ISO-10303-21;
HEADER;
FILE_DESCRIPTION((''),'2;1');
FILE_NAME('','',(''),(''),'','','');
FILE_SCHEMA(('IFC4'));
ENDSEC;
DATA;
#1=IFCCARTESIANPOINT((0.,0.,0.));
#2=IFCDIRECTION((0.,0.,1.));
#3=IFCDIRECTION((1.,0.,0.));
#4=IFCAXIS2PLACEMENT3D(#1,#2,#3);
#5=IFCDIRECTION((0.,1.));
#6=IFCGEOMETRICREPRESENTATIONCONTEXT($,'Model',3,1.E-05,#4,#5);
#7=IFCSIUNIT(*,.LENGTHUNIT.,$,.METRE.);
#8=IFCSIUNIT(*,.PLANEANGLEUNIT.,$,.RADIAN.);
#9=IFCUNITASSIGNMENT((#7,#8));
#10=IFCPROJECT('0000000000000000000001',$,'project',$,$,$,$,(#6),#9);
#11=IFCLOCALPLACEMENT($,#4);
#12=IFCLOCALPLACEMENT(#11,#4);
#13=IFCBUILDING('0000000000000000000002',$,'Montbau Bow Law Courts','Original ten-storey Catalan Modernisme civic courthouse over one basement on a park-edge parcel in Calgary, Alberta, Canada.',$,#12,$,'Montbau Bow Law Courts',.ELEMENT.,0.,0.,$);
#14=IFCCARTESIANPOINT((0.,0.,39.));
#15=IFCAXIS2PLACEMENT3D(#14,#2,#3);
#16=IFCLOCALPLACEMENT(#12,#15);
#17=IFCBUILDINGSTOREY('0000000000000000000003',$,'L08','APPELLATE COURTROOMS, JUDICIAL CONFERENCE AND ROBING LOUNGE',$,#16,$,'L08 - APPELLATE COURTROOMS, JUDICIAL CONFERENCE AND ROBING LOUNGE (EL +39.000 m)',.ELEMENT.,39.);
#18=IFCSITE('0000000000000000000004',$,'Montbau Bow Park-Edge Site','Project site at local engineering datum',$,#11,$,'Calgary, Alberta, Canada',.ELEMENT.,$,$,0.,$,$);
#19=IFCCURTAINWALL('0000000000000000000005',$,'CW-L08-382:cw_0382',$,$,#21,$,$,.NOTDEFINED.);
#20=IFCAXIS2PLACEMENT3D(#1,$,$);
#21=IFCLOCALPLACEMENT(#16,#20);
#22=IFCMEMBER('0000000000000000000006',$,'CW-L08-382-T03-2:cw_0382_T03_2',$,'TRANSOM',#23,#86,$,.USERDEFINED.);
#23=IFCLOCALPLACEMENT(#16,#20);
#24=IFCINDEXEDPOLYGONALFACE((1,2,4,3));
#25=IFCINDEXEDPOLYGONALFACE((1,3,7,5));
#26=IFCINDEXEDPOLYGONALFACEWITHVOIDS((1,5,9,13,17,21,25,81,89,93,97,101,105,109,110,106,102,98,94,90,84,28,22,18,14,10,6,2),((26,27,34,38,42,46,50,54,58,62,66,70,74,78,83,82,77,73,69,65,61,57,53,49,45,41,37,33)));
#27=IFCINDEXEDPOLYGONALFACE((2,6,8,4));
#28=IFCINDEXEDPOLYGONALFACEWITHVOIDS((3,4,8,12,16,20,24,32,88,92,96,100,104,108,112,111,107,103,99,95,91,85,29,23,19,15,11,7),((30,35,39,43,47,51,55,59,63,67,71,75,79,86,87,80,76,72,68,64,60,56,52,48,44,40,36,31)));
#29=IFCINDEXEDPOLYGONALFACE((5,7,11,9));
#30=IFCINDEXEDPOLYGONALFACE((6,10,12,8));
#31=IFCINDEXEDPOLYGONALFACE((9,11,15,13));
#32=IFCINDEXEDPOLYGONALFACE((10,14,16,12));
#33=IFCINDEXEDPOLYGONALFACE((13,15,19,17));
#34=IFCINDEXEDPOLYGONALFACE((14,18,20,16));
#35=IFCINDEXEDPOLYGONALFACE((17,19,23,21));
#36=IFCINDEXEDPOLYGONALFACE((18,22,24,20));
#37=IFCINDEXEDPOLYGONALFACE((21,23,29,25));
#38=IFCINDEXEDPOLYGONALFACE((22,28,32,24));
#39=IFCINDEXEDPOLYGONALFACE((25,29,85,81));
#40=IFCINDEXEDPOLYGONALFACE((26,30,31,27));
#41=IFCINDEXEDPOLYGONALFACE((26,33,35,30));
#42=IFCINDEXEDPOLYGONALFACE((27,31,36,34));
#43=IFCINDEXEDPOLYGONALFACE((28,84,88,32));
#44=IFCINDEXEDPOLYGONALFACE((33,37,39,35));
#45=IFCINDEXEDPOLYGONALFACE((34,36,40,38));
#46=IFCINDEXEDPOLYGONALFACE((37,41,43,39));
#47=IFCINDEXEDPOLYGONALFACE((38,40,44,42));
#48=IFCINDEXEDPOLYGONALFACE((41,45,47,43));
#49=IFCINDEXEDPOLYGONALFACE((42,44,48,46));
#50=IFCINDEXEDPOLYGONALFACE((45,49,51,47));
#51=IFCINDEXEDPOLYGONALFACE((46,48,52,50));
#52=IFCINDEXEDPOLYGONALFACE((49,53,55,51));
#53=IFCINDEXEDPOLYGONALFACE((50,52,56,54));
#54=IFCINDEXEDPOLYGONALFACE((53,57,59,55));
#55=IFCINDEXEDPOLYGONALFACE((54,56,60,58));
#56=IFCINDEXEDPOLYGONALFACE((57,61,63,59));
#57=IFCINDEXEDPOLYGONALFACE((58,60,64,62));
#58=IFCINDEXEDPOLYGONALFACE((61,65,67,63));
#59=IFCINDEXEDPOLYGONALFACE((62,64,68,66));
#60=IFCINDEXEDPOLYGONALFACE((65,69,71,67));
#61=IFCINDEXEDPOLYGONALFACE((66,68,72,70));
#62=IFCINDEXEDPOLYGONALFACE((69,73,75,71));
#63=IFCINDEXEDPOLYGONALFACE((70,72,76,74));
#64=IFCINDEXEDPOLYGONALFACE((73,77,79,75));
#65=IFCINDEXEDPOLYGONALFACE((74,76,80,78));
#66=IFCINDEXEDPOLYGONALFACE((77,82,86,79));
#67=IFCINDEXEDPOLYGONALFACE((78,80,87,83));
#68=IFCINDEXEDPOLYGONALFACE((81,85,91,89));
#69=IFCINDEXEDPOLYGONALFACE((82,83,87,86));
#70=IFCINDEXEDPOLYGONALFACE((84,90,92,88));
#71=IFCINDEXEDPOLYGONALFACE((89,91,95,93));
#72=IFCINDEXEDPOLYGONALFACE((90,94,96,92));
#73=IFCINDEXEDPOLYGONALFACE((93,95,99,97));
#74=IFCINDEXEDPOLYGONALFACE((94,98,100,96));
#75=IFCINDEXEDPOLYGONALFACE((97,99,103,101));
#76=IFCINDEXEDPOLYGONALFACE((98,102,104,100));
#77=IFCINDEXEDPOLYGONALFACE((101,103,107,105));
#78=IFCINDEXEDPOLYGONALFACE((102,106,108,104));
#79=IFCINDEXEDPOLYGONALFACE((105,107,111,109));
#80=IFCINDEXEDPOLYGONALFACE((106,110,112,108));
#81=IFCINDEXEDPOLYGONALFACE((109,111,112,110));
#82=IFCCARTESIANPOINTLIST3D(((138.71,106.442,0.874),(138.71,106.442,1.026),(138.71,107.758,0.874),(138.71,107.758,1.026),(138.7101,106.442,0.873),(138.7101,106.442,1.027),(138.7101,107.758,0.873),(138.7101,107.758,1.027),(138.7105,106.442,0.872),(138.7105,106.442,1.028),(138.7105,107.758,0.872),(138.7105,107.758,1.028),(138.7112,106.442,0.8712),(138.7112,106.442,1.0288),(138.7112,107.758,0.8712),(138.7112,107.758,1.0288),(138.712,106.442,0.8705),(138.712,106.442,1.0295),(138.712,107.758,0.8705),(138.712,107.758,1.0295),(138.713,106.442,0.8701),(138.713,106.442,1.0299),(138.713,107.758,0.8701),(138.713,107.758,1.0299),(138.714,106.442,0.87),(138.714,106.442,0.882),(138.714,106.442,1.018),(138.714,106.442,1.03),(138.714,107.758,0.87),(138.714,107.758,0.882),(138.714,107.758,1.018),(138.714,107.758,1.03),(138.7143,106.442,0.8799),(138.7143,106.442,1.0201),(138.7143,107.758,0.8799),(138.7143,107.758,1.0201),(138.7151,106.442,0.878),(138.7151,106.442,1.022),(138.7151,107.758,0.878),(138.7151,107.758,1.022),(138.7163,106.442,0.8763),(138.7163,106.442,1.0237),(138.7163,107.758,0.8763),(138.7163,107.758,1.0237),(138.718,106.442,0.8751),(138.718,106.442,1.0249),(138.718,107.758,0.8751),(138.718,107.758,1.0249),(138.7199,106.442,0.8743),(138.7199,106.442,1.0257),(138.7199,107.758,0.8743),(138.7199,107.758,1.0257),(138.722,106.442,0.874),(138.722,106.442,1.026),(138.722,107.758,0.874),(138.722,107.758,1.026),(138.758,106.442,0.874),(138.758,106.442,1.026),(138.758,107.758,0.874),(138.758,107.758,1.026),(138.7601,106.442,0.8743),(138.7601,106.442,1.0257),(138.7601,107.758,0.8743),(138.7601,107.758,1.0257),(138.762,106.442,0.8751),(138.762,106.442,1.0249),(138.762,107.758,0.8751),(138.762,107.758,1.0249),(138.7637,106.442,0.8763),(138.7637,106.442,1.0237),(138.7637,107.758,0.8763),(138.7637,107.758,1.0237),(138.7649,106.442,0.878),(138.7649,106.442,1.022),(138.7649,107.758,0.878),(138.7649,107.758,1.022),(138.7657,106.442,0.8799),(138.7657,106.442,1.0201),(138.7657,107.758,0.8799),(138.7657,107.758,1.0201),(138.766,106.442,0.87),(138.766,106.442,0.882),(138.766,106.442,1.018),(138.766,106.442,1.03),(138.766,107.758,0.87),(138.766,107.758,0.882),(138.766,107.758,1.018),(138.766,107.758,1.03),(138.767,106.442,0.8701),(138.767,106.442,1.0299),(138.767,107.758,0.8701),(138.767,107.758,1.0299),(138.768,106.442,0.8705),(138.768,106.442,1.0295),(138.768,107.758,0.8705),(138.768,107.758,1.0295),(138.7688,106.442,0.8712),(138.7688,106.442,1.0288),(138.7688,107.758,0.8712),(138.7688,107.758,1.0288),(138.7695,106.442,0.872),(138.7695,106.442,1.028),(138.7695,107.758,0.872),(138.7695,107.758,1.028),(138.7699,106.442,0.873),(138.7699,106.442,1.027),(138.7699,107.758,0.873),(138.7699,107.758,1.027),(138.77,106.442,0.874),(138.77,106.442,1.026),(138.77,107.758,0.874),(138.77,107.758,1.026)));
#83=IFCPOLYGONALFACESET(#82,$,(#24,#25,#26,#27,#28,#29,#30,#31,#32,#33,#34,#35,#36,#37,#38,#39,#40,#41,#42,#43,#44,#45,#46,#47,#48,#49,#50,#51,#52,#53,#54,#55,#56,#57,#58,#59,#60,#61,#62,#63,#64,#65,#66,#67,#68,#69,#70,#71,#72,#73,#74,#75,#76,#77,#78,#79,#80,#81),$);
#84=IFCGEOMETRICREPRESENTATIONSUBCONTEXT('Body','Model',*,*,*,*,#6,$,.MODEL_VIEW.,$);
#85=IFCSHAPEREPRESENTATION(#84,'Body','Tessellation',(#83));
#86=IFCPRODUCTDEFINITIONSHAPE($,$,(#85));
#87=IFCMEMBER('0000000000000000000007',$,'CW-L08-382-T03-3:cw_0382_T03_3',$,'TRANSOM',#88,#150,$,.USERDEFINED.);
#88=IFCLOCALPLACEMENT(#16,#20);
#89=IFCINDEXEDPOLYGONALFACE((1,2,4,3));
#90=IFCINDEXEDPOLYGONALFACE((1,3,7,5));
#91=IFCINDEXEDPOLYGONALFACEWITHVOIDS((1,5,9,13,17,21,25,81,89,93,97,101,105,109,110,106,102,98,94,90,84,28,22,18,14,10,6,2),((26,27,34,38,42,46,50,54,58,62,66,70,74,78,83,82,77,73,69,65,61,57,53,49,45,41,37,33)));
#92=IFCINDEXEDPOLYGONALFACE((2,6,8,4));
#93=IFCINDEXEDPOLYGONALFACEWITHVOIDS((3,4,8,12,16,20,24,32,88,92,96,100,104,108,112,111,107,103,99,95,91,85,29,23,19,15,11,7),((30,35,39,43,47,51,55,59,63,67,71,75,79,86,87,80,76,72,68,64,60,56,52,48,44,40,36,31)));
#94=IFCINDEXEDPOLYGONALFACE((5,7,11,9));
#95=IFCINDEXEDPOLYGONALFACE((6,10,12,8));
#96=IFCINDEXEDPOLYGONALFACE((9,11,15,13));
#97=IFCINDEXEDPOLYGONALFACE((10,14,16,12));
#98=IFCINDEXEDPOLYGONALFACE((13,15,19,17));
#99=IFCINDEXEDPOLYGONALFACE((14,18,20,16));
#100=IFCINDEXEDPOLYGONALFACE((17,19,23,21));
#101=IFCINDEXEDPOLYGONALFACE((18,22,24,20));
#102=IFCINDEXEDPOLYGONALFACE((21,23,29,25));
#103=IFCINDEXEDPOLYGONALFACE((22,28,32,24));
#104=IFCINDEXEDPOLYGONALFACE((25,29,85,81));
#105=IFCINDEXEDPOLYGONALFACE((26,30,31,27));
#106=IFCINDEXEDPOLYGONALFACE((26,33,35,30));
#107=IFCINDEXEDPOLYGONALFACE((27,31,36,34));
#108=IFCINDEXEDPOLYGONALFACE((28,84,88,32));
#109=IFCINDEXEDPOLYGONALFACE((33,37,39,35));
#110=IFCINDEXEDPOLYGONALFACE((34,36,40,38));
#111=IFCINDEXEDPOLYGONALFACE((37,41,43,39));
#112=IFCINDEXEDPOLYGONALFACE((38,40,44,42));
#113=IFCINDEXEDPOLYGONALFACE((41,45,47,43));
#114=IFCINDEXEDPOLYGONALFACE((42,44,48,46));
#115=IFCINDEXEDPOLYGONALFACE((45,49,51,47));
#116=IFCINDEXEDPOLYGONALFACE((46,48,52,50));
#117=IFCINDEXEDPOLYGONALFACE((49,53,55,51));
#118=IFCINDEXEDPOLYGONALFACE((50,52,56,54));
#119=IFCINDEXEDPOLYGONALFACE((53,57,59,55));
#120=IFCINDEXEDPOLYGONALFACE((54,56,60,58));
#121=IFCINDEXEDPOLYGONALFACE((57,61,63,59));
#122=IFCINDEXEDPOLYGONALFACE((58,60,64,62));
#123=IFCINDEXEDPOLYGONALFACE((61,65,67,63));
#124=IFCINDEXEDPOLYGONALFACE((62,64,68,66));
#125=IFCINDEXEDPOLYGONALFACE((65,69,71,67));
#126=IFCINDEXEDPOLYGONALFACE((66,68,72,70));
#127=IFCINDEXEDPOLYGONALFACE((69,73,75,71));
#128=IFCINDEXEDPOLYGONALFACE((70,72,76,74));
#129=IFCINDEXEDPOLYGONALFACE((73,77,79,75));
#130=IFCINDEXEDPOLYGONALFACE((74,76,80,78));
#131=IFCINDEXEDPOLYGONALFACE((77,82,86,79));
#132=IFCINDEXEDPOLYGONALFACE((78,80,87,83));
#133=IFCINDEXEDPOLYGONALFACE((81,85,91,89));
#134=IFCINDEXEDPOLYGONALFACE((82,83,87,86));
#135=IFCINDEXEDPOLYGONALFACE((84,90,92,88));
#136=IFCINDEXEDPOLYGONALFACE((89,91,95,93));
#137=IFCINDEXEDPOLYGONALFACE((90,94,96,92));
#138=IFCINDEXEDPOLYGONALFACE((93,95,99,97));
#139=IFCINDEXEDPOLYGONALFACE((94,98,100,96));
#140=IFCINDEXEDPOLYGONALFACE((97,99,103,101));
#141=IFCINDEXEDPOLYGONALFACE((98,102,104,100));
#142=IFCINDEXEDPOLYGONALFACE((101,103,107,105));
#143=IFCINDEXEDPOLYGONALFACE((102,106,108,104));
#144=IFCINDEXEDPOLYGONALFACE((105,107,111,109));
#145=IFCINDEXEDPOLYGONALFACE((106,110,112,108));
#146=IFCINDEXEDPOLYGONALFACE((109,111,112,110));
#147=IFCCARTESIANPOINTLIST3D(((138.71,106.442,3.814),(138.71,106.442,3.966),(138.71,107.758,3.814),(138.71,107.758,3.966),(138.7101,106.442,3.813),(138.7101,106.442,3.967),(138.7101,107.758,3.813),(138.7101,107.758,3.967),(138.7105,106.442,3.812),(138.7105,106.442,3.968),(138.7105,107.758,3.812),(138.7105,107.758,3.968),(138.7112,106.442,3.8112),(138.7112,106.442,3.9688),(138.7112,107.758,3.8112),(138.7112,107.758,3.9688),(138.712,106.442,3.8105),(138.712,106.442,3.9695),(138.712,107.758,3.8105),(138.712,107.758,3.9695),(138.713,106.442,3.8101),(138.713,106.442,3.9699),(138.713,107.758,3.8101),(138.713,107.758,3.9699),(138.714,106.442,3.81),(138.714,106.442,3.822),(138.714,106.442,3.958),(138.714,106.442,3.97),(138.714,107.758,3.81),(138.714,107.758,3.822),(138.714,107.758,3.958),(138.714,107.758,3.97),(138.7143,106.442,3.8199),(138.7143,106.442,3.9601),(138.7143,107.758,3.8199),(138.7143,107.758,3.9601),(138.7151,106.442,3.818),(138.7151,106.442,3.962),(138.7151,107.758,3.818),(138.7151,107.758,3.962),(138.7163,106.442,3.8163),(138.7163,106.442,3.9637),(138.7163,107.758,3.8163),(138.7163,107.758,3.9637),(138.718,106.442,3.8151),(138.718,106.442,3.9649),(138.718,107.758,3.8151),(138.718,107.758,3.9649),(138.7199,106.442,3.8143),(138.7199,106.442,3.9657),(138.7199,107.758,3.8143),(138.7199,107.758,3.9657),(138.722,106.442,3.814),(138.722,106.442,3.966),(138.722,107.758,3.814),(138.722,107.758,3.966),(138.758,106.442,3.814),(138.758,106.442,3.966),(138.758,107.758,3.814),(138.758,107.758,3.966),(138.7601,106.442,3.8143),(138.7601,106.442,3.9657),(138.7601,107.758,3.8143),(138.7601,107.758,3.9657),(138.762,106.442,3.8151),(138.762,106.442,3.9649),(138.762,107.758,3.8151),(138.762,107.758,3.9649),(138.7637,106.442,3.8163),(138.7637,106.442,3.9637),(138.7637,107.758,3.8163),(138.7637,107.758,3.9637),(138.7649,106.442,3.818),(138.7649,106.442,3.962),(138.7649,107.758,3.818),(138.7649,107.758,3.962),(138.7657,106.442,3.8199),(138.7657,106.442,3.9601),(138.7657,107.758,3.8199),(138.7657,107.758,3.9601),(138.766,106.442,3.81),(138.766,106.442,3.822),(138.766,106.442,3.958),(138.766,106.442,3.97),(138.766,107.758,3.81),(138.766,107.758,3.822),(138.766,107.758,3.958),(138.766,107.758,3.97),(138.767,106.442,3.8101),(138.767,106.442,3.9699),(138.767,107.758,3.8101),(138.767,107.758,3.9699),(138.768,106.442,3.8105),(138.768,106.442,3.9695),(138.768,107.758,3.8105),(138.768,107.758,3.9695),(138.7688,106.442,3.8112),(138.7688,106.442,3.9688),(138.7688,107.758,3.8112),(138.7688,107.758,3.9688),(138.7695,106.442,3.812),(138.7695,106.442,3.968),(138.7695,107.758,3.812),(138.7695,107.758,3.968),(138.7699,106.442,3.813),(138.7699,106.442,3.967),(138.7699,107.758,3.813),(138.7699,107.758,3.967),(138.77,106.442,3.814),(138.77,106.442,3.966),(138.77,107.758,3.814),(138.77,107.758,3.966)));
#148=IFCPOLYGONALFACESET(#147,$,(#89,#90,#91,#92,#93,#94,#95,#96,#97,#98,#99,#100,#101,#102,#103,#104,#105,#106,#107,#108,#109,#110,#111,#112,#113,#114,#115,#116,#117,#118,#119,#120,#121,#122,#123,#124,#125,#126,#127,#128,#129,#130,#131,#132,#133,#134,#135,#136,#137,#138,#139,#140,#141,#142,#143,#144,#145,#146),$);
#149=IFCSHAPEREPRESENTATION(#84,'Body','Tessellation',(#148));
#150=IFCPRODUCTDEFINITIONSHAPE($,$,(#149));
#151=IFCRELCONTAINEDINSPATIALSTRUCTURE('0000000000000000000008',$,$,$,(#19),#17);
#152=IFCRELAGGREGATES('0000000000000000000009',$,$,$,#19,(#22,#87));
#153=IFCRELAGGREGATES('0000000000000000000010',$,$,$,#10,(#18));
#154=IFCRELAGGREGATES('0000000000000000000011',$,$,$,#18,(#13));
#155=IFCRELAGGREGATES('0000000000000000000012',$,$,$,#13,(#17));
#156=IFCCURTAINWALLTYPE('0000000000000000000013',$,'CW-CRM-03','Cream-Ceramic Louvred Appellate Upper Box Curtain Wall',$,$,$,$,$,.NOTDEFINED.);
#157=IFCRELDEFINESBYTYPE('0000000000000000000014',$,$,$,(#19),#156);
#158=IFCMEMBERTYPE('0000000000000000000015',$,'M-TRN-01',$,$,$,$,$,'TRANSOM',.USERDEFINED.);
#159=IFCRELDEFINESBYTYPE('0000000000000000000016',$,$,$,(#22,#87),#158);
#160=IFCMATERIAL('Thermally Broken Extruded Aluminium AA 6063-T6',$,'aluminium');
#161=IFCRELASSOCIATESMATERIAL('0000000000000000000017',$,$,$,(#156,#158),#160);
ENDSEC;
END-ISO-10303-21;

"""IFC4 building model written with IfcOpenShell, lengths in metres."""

from ifc_helpers import new_model, si_unit, direction, frame, origin_with_axes, origin_2d_with_axis, place, context, subcontext, project, spatial, hollow_rectangle, extrude, material, material_profile, profile_set, type_object, element, aggregate, save


model = new_model("IFC4")

# Units and contexts
model_context = context("Model", 3, precision=1e-05, world=origin_with_axes(), true_north=direction((0.0, 1.0)))
body_context = subcontext(model_context, "Body", "Model", "MODEL_VIEW")
ifc_project = project(units=[si_unit("LENGTHUNIT", "METRE"), si_unit("PLANEANGLEUNIT", "RADIAN")], contexts=[model_context])

# Site, building, storey
site_placement = place(None, origin_with_axes())
site = spatial("IfcSite", under=ifc_project, at=site_placement, Name="Montbau Bow Park-Edge Site", Description="Project site at local engineering datum", LongName="Calgary, Alberta, Canada", CompositionType="ELEMENT", RefElevation=0.0)
building_placement = place(site_placement, origin_with_axes())
building = spatial("IfcBuilding", under=site, at=building_placement, Name="Montbau Bow Law Courts", Description="Original ten-storey Catalan Modernisme civic courthouse over one basement on a park-edge parcel in Calgary, Alberta, Canada.", LongName="Montbau Bow Law Courts", CompositionType="ELEMENT", ElevationOfRefHeight=0.0, ElevationOfTerrain=0.0)
storey_placement = place(building_placement, frame((0.0, 0.0, 39.0), z_axis=(0.0, 0.0, 1.0), x_axis=(1.0, 0.0, 0.0)))
storey = spatial("IfcBuildingStorey", under=building, at=storey_placement, Name="L08", Description="APPELLATE COURTROOMS, JUDICIAL CONFERENCE AND ROBING LOUNGE", LongName="L08 - APPELLATE COURTROOMS, JUDICIAL CONFERENCE AND ROBING LOUNGE (EL +39.000 m)", CompositionType="ELEMENT", Elevation=39.0)

# Curtain wall, members
ifc_material_1 = material(Name="Thermally Broken Extruded Aluminium AA 6063-T6", Category="aluminium")
curtain_wall_type = type_object("IfcCurtainWallType", Name="CW-CRM-03", Description="Cream-Ceramic Louvred Appellate Upper Box Curtain Wall", PredefinedType="NOTDEFINED", material=ifc_material_1)
ifc_material_profile_1 = material_profile(ifc_material_1, hollow_rectangle(XDim=0.06, YDim=0.16, WallThickness=0.004, InnerFilletRadius=0.008, OuterFilletRadius=0.004, at=origin_2d_with_axis()), Name="CWT-160X60", Category="Main", Priority=0)
ifc_profile_set_1 = profile_set([ifc_material_profile_1], Name="Thermally Broken Extruded Aluminium AA 6063-T6")
member_type_1 = type_object("IfcMemberType", Name="M-TRN-01", ElementType="TRANSOM", PredefinedType="USERDEFINED", material=ifc_profile_set_1)
curtain_wall_1_placement = place(None, frame((138.74, 103.64, 39.0), z_axis=(0.0, 0.0, 1.0), x_axis=(1.0, 0.0, 0.0)))
curtain_wall_1 = element("IfcCurtainWall", 1, at=curtain_wall_1_placement, inside=storey, type_object=curtain_wall_type, Name="CW-L08-382:cw_0382", PredefinedType="NOTDEFINED")
member_1_placement = place(None, frame((138.74, 106.442, 39.95), z_axis=(0.0, 1.0, 0.0), x_axis=(-1.0, 0.0, 0.0)))
member_1 = element("IfcMember", 2, at=member_1_placement, type_object=member_type_1, Name="CW-L08-382-T03-2:cw_0382_T03_2", ObjectType="TRANSOM", PredefinedType="USERDEFINED", context=body_context, shape_type="SweptSolid", body=[
    extrude(hollow_rectangle(XDim=0.06, YDim=0.16, WallThickness=0.004, InnerFilletRadius=0.008, OuterFilletRadius=0.004, at=origin_2d_with_axis()), origin_with_axes(), (0.0, 0.0, 1.0), 1.316),
])
member_2_placement = place(None, frame((138.74, 106.442, 42.89), z_axis=(0.0, 1.0, 0.0), x_axis=(-1.0, 0.0, 0.0)))
member_2 = element("IfcMember", 3, at=member_2_placement, type_object=member_type_1, Name="CW-L08-382-T03-3:cw_0382_T03_3", ObjectType="TRANSOM", PredefinedType="USERDEFINED", context=body_context, shape_type="SweptSolid", body=[
    extrude(hollow_rectangle(XDim=0.06, YDim=0.16, WallThickness=0.004, InnerFilletRadius=0.008, OuterFilletRadius=0.004, at=origin_2d_with_axis()), origin_with_axes(), (0.0, 0.0, 1.0), 1.316),
])

aggregate(curtain_wall_1, [member_1, member_2])

save(model, "model.ifc")
